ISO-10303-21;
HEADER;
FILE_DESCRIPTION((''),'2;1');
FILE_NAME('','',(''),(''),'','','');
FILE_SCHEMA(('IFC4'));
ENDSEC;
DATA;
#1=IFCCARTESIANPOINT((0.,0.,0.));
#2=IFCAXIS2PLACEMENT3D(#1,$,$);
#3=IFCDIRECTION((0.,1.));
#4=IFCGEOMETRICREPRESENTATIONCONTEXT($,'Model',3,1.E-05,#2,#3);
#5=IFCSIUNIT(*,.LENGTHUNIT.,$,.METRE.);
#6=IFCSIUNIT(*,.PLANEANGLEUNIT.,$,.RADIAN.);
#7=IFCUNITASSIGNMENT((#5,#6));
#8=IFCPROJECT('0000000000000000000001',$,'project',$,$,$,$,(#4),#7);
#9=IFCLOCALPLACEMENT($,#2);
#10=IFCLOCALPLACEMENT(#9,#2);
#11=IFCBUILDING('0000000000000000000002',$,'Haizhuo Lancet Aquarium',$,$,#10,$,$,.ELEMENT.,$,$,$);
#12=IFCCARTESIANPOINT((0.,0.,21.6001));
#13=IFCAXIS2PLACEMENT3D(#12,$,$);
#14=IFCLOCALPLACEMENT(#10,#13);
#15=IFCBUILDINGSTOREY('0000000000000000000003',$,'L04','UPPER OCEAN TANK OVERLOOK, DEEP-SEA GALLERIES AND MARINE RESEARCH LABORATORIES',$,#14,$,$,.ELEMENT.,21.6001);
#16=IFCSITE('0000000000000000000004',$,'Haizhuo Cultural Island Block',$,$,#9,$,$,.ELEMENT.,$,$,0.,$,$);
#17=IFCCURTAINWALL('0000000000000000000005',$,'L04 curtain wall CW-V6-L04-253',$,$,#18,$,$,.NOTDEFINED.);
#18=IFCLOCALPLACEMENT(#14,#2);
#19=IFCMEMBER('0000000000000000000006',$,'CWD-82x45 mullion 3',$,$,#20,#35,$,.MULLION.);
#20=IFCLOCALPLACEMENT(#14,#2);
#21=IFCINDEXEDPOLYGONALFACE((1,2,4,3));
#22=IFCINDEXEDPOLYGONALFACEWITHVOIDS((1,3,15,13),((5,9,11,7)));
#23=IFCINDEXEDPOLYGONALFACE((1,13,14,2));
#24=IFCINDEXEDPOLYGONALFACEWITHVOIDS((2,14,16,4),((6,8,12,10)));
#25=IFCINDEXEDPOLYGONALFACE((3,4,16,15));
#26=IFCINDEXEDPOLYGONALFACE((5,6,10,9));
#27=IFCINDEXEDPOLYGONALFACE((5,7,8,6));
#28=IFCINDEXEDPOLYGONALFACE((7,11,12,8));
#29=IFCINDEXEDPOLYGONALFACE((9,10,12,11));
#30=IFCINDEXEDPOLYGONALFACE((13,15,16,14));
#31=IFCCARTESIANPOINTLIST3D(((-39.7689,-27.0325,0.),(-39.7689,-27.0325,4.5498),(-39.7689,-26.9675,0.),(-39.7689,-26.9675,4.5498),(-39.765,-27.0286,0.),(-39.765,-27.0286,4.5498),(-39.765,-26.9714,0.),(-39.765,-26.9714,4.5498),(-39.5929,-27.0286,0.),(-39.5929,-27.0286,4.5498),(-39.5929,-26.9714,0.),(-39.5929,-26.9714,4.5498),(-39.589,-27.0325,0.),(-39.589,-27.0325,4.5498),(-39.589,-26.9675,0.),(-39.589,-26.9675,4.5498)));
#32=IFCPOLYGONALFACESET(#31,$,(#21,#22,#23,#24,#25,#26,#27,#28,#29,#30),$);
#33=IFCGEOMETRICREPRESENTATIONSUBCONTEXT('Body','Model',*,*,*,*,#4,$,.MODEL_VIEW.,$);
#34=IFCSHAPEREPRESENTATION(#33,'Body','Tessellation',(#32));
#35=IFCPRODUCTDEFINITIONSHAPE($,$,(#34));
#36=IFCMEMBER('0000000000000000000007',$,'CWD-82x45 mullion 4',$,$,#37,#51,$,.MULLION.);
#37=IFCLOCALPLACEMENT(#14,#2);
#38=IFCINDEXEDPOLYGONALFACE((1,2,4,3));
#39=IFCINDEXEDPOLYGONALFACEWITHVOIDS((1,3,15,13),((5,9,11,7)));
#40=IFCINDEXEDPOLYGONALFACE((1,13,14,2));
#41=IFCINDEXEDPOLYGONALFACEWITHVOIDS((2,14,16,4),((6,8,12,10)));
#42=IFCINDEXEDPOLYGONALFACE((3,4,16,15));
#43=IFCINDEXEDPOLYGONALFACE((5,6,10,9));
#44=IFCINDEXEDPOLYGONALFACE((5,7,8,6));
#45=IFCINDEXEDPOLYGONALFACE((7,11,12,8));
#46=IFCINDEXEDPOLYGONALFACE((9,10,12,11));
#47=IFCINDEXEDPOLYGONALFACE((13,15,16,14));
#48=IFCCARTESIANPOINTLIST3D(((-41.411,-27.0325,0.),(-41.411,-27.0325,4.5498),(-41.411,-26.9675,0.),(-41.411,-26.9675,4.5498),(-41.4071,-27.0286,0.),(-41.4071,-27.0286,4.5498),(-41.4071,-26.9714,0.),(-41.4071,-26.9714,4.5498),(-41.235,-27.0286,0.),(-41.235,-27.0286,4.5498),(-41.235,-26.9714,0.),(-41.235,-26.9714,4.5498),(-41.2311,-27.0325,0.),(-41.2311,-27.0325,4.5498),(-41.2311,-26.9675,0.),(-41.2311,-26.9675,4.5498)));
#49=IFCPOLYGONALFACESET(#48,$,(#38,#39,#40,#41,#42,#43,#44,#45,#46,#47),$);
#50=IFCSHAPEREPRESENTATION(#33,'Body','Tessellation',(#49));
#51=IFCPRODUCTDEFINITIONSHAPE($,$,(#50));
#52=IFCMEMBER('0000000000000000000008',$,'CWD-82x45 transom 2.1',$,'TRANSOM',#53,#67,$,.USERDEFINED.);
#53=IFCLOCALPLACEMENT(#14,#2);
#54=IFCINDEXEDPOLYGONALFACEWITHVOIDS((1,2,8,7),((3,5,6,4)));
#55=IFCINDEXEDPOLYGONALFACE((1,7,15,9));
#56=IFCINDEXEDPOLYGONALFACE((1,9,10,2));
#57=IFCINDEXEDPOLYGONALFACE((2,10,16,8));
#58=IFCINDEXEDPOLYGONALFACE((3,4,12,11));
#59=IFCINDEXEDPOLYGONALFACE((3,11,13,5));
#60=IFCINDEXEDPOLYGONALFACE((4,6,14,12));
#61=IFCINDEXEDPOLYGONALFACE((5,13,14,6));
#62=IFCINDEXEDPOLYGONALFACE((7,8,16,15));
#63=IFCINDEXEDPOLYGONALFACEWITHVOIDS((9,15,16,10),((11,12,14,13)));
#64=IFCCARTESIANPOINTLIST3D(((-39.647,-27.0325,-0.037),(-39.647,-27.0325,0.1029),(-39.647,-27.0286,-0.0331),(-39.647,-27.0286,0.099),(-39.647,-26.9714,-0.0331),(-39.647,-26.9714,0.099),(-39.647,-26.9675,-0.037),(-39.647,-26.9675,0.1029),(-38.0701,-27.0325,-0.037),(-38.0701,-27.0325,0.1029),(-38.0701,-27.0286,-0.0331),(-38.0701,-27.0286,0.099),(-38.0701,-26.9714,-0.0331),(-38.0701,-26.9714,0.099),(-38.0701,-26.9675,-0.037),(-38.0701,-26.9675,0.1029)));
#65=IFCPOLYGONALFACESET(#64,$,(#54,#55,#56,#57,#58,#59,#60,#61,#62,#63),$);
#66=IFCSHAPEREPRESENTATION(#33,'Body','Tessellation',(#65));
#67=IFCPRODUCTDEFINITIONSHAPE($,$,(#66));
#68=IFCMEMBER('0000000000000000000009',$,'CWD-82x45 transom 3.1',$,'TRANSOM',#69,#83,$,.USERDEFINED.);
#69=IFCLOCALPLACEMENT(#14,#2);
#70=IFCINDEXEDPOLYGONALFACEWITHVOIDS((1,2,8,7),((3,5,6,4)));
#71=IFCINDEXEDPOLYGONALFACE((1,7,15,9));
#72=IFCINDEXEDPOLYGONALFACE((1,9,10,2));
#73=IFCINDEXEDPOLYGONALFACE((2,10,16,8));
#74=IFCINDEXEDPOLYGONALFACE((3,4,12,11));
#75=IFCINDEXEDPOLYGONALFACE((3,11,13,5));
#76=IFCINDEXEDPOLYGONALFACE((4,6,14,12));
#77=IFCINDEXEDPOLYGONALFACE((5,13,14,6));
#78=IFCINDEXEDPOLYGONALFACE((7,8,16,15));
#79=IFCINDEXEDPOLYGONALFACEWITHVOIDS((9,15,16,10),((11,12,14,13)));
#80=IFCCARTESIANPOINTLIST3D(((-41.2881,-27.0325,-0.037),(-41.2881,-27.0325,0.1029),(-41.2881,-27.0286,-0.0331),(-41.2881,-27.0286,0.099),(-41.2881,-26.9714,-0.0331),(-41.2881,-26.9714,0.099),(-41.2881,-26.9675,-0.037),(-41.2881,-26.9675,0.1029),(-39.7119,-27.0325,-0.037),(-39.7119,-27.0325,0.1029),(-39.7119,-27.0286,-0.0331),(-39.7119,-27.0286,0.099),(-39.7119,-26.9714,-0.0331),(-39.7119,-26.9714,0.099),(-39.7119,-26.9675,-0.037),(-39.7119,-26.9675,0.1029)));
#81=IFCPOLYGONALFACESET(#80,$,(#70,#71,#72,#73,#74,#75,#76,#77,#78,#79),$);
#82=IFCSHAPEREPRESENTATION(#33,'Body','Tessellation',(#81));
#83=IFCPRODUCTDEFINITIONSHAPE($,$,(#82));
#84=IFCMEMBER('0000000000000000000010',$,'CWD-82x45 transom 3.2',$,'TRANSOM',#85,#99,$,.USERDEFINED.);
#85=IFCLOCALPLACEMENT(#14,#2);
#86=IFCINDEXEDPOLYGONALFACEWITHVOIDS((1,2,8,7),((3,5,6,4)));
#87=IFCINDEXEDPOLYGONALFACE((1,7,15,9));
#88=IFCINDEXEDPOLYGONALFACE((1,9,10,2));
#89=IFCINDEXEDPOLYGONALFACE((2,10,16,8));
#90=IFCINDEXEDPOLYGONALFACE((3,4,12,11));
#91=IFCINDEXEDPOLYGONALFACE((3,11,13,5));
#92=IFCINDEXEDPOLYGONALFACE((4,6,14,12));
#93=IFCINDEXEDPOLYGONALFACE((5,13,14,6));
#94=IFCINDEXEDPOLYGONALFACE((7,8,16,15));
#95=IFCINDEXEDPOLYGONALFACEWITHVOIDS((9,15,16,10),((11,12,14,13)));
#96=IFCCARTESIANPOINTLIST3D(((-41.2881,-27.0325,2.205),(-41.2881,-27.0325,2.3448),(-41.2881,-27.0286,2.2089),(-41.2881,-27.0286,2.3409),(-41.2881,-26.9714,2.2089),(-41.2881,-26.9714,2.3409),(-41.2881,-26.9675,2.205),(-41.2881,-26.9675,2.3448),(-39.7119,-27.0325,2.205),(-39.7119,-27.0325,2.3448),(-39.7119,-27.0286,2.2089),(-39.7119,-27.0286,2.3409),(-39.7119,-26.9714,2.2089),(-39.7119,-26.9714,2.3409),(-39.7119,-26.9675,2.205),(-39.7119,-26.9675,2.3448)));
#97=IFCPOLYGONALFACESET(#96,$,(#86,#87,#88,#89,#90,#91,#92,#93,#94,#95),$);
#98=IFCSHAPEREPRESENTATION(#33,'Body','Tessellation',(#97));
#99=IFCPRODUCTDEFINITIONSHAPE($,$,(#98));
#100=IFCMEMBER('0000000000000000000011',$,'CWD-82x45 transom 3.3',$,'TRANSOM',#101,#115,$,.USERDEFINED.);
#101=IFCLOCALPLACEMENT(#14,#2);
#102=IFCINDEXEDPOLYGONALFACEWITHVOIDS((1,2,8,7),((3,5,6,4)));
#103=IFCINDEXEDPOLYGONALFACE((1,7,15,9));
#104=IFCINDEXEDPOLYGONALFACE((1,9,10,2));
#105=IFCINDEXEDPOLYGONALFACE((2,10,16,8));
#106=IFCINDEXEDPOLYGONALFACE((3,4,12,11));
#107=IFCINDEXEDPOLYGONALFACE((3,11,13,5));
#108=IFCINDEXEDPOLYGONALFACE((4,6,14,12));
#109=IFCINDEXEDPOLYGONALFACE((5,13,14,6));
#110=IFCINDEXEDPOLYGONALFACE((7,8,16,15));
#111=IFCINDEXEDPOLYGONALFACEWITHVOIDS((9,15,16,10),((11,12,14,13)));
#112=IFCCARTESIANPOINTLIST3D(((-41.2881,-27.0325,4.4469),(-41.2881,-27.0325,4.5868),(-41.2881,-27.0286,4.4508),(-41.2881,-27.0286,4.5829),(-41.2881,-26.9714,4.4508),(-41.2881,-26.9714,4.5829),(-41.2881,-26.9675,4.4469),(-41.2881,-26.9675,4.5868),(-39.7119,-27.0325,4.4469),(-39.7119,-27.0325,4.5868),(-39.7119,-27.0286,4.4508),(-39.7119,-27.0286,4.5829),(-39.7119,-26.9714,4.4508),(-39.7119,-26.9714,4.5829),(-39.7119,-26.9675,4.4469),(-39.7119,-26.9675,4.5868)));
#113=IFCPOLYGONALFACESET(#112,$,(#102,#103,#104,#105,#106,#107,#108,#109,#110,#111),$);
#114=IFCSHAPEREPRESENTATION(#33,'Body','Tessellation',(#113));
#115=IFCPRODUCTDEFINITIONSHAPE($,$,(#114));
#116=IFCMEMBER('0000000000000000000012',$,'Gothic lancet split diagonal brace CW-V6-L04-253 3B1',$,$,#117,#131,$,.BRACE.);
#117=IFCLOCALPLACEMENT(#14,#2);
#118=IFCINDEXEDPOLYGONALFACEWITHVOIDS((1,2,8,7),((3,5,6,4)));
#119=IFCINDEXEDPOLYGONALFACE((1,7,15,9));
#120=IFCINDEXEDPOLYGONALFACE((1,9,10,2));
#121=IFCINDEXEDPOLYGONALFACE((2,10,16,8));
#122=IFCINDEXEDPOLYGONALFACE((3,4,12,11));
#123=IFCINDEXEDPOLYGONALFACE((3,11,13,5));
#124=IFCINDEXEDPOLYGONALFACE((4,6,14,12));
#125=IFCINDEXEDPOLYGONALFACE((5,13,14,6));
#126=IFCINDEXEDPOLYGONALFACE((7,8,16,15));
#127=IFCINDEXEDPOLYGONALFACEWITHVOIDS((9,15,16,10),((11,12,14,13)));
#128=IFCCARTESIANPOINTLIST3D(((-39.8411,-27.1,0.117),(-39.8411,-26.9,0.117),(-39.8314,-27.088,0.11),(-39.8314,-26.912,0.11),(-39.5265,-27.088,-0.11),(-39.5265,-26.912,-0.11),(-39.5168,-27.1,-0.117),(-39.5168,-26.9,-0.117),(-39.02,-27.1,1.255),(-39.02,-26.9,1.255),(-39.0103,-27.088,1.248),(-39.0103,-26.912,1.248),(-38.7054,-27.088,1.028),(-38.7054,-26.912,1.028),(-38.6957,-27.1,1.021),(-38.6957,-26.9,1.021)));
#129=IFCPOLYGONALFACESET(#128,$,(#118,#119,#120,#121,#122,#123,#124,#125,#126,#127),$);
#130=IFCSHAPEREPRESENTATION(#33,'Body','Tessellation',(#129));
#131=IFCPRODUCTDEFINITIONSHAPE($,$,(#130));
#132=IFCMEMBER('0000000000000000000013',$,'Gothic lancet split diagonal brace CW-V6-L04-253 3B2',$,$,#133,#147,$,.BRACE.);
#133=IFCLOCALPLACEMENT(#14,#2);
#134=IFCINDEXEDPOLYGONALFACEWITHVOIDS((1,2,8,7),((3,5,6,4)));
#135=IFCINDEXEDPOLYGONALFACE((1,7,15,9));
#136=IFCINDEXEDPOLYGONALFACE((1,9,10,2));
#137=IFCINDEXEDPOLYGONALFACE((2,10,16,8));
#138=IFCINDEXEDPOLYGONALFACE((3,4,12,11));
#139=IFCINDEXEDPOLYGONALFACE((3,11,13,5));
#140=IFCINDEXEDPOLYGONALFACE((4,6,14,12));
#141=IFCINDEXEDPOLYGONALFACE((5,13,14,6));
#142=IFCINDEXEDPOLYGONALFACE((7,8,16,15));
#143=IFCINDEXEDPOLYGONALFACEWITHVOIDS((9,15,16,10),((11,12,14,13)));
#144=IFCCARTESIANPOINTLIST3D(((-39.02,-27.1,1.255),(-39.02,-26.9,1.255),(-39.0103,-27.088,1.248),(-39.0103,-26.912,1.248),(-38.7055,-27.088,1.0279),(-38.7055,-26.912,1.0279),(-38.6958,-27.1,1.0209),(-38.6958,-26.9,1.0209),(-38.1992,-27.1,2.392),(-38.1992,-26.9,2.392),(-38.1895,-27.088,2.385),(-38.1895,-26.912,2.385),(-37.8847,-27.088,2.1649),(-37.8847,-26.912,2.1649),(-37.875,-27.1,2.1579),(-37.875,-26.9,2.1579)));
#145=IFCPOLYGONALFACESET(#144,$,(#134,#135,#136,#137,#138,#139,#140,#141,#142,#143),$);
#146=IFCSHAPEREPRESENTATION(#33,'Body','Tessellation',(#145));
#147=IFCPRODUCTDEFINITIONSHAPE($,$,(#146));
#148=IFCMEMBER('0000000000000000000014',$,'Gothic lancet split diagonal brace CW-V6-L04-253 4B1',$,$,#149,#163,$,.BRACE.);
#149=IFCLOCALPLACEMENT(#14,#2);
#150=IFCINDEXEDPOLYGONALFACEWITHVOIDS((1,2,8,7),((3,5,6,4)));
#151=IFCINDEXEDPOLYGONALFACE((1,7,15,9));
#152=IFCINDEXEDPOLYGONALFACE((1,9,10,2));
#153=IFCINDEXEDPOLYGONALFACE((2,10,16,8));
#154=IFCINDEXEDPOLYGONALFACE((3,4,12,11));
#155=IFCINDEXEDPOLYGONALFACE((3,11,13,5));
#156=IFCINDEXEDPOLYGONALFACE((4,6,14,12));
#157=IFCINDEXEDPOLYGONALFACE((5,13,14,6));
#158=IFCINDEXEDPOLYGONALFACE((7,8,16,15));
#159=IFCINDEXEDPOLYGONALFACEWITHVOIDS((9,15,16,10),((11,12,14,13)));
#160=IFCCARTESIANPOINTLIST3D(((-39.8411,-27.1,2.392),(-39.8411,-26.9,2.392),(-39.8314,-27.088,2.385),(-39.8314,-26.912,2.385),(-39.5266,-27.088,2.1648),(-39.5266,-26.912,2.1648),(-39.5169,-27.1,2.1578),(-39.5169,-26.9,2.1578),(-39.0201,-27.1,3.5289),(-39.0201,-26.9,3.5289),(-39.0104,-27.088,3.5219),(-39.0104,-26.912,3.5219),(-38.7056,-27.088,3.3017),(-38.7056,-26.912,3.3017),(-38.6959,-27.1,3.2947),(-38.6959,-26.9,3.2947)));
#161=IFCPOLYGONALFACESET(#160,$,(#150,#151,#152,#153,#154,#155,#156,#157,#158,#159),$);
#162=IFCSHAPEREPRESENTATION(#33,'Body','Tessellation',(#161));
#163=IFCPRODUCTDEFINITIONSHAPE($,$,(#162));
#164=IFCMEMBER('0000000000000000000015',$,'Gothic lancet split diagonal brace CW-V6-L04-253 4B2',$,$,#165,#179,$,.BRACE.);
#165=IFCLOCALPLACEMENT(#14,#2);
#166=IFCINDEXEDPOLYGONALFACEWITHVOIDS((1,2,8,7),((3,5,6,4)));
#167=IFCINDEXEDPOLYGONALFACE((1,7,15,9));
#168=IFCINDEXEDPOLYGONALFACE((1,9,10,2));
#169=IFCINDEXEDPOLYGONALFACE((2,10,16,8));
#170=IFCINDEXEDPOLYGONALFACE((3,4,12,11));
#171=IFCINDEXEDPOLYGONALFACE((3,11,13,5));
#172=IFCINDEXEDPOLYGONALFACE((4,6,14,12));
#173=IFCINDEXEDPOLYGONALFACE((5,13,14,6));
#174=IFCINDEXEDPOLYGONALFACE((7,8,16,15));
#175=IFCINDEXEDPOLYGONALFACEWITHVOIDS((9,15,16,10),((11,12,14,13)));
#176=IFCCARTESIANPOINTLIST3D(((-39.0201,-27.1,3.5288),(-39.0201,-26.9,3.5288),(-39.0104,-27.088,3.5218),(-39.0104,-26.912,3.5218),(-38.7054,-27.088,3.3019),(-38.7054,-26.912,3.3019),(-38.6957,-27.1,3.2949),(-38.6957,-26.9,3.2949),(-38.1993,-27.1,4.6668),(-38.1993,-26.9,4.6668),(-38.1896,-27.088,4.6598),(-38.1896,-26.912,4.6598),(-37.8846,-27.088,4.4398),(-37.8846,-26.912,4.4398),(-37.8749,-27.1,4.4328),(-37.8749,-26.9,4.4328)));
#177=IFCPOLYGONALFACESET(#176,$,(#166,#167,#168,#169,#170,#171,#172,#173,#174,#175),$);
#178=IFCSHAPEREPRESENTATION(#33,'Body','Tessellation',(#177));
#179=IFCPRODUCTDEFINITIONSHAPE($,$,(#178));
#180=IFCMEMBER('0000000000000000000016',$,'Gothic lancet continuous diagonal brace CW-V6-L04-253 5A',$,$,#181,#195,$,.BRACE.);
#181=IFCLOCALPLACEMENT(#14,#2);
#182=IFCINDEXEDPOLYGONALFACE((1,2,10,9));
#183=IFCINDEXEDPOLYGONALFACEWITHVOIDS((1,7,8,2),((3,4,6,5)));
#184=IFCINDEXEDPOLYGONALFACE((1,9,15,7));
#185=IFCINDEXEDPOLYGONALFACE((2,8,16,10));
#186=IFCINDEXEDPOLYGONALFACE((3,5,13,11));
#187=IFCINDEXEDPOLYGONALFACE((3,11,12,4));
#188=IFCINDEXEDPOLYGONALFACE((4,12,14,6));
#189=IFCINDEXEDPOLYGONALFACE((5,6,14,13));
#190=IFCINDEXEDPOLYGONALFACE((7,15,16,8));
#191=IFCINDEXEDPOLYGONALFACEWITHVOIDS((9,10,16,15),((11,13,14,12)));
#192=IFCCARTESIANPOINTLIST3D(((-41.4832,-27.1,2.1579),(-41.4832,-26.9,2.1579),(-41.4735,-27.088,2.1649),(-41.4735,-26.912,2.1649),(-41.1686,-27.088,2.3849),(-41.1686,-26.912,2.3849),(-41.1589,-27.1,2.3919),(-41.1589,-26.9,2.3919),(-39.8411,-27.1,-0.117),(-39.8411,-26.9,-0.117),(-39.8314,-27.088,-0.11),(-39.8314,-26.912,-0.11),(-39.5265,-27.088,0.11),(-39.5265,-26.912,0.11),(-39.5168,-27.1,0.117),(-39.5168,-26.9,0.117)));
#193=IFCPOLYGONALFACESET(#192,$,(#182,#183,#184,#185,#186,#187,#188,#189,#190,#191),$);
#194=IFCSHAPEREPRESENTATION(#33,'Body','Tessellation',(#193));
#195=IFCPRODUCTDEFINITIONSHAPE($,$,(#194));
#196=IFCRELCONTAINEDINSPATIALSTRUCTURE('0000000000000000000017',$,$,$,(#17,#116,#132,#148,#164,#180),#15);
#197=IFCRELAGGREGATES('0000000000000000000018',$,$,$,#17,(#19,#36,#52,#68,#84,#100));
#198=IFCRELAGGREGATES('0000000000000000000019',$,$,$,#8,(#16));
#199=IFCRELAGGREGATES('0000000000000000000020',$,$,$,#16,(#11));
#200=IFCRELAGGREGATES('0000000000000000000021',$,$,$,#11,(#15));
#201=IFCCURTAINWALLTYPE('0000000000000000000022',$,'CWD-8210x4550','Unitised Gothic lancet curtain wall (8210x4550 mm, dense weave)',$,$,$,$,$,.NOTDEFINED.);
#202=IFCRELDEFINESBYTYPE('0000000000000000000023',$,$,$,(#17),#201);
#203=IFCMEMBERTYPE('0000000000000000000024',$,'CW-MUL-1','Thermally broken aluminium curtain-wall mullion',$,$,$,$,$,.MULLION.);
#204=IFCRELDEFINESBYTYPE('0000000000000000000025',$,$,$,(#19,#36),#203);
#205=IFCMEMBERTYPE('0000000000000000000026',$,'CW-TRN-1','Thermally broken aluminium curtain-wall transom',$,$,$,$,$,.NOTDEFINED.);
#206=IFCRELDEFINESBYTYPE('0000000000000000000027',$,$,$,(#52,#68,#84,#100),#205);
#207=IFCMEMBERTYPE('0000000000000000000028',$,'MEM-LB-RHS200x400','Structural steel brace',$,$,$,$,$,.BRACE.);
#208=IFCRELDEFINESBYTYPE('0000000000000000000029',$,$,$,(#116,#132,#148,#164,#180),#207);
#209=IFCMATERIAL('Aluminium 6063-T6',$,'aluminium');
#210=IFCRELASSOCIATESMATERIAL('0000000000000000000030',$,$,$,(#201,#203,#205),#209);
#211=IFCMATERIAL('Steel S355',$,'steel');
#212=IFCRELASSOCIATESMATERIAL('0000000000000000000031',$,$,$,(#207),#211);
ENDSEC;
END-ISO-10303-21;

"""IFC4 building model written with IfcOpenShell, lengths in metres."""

from ifc_helpers import new_model, si_unit, direction, frame, origin, origin_2d, place, context, subcontext, project, spatial, hollow_rectangle, extrude, material, material_profile, profile_set, type_object, element, aggregate, save


model = new_model("IFC4")

# Units and contexts
model_context = context("Model", 3, precision=1e-05, world=origin(), true_north=direction((0.0, 1.0)))
body_context = subcontext(model_context, "Body", "Model", "MODEL_VIEW")
ifc_project = project(units=[si_unit("LENGTHUNIT", "METRE"), si_unit("PLANEANGLEUNIT", "RADIAN")], contexts=[model_context])

# Site, building, storey
site_placement = place(None, origin())
site = spatial("IfcSite", under=ifc_project, at=site_placement, Name="Haizhuo Cultural Island Block", CompositionType="ELEMENT", RefElevation=0.0)
building_placement = place(site_placement, origin())
building = spatial("IfcBuilding", under=site, at=building_placement, Name="Haizhuo Lancet Aquarium", CompositionType="ELEMENT")
storey_placement = place(building_placement, frame((0.0, 0.0, 21.6001)))
storey = spatial("IfcBuildingStorey", under=building, at=storey_placement, Name="L04", Description="UPPER OCEAN TANK OVERLOOK, DEEP-SEA GALLERIES AND MARINE RESEARCH LABORATORIES", CompositionType="ELEMENT", Elevation=21.6001)

# Curtain wall, members
ifc_material_1 = material(Name="Aluminium 6063-T6", Category="aluminium")
curtain_wall_type = type_object("IfcCurtainWallType", Name="CWD-8210x4550", Description="Unitised Gothic lancet curtain wall (8210x4550 mm, dense weave)", PredefinedType="NOTDEFINED", material=ifc_material_1)
curtain_wall_placement = place(storey_placement, origin())
curtain_wall = element("IfcCurtainWall", 1, at=curtain_wall_placement, inside=storey, type_object=curtain_wall_type, Name="L04 curtain wall CW-V6-L04-253", PredefinedType="NOTDEFINED")
ifc_material_profile_1 = material_profile(ifc_material_1, hollow_rectangle(XDim=0.0649, YDim=0.1799, WallThickness=0.0039, at=origin_2d()), Name="ALU-M 65x180x4")
ifc_profile_set_1 = profile_set([ifc_material_profile_1], Name="Aluminium 6063-T6")
member_type_1 = type_object("IfcMemberType", Name="CW-MUL-1", Description="Thermally broken aluminium curtain-wall mullion", PredefinedType="MULLION", material=ifc_profile_set_1)
member_1_placement = place(storey_placement, frame((-39.679, -27.0, 0.0), z_axis=(0.0, 0.0, 1.0), x_axis=(0.0, -1.0, 0.0)))
member_1 = element("IfcMember", 2, at=member_1_placement, type_object=member_type_1, Name="CWD-82x45 mullion 3", PredefinedType="MULLION", context=body_context, shape_type="SweptSolid", body=[
    extrude(hollow_rectangle(XDim=0.0649, YDim=0.1799, WallThickness=0.0039, at=origin_2d()), origin(), (0.0, 0.0, 1.0), 4.5498),
])
member_2_placement = place(storey_placement, frame((-41.321, -27.0, 0.0), z_axis=(0.0, 0.0, 1.0), x_axis=(0.0, -1.0, 0.0)))
member_2 = element("IfcMember", 3, at=member_2_placement, type_object=member_type_1, Name="CWD-82x45 mullion 4", PredefinedType="MULLION", context=body_context, shape_type="SweptSolid", body=[
    extrude(hollow_rectangle(XDim=0.0649, YDim=0.1799, WallThickness=0.0039, at=origin_2d()), origin(), (0.0, 0.0, 1.0), 4.5498),
])
ifc_material_profile_2 = material_profile(ifc_material_1, hollow_rectangle(XDim=0.0649, YDim=0.1399, WallThickness=0.0039, at=origin_2d()), Name="ALU-T 65x140x4")
ifc_profile_set_2 = profile_set([ifc_material_profile_2], Name="Aluminium 6063-T6")
member_type_2 = type_object("IfcMemberType", Name="CW-TRN-1", Description="Thermally broken aluminium curtain-wall transom", PredefinedType="NOTDEFINED", material=ifc_profile_set_2)
member_3_placement = place(storey_placement, frame((-38.0701, -27.0, 0.033), z_axis=(-1.0, 0.0, 0.0), x_axis=(0.0, -1.0, 0.0)))
member_3 = element("IfcMember", 4, at=member_3_placement, type_object=member_type_2, Name="CWD-82x45 transom 2.1", ObjectType="TRANSOM", PredefinedType="USERDEFINED", context=body_context, shape_type="SweptSolid", body=[
    extrude(hollow_rectangle(XDim=0.0649, YDim=0.1399, WallThickness=0.0039, at=origin_2d()), origin(), (0.0, 0.0, 1.0), 1.5769),
])
member_4_placement = place(storey_placement, frame((-39.7119, -27.0, 0.033), z_axis=(-1.0, 0.0, 0.0), x_axis=(0.0, -1.0, 0.0)))
member_4 = element("IfcMember", 5, at=member_4_placement, type_object=member_type_2, Name="CWD-82x45 transom 3.1", ObjectType="TRANSOM", PredefinedType="USERDEFINED", context=body_context, shape_type="SweptSolid", body=[
    extrude(hollow_rectangle(XDim=0.0649, YDim=0.1399, WallThickness=0.0039, at=origin_2d()), origin(), (0.0, 0.0, 1.0), 1.5762),
])
member_5_placement = place(storey_placement, frame((-39.7119, -27.0, 2.2749), z_axis=(-1.0, 0.0, 0.0), x_axis=(0.0, -1.0, 0.0)))
member_5 = element("IfcMember", 6, at=member_5_placement, type_object=member_type_2, Name="CWD-82x45 transom 3.2", ObjectType="TRANSOM", PredefinedType="USERDEFINED", context=body_context, shape_type="SweptSolid", body=[
    extrude(hollow_rectangle(XDim=0.0649, YDim=0.1399, WallThickness=0.0039, at=origin_2d()), origin(), (0.0, 0.0, 1.0), 1.5762),
])
member_6_placement = place(storey_placement, frame((-39.7119, -27.0, 4.5168), z_axis=(-1.0, 0.0, 0.0), x_axis=(0.0, -1.0, 0.0)))
member_6 = element("IfcMember", 7, at=member_6_placement, type_object=member_type_2, Name="CWD-82x45 transom 3.3", ObjectType="TRANSOM", PredefinedType="USERDEFINED", context=body_context, shape_type="SweptSolid", body=[
    extrude(hollow_rectangle(XDim=0.0649, YDim=0.1399, WallThickness=0.0039, at=origin_2d()), origin(), (0.0, 0.0, 1.0), 1.5762),
])

# Members
ifc_material_2 = material(Name="Steel S355", Category="steel")
ifc_material_profile_3 = material_profile(ifc_material_2, hollow_rectangle(XDim=0.2, YDim=0.3999, WallThickness=0.012, at=origin_2d()), Name="RHS 200x400x12")
ifc_profile_set_3 = profile_set([ifc_material_profile_3], Name="Steel S355")
member_type_3 = type_object("IfcMemberType", Name="MEM-LB-RHS200x400", Description="Structural steel brace", PredefinedType="BRACE", material=ifc_profile_set_3)
member_7_placement = place(storey_placement, frame((-39.679, -27.0, 0.0), z_axis=(0.585116, 0.0, 0.81095), x_axis=(0.0, 1.0, 0.0)))
element("IfcMember", 8, at=member_7_placement, inside=storey, type_object=member_type_3, Name="Gothic lancet split diagonal brace CW-V6-L04-253 3B1", PredefinedType="BRACE", context=body_context, shape_type="SweptSolid", body=[
    extrude(hollow_rectangle(XDim=0.2, YDim=0.3999, WallThickness=0.012, at=origin_2d()), origin(), (0.0, 0.0, 1.0), 1.4033),
])
for number, where, z_axis, x_axis, name in (
    (9, (-38.8579, -27.0, 1.1379), (0.585332, 0.0, 0.810794), (0.0, 1.0, 0.0), "Gothic lancet split diagonal brace CW-V6-L04-253 3B2"),
    (10, (-39.679, -27.0, 2.2749), (0.585446, 0.0, 0.810711), (0.0, 1.0, 0.0), "Gothic lancet split diagonal brace CW-V6-L04-253 4B1"),
):
    element("IfcMember", number, at=place(storey_placement, frame(where, z_axis=z_axis, x_axis=x_axis)), inside=storey, type_object=member_type_3, Name=name, PredefinedType="BRACE", context=body_context, shape_type="SweptSolid", body=[
        extrude(hollow_rectangle(XDim=0.2, YDim=0.3999, WallThickness=0.012, at=origin_2d()), origin(), (0.0, 0.0, 1.0), 1.4023),
    ])
member_8_placement = place(storey_placement, frame((-38.8579, -27.0, 3.4119), z_axis=(0.585001, 0.0, 0.811032), x_axis=(0.0, 1.0, 0.0)))
element("IfcMember", 11, at=member_8_placement, inside=storey, type_object=member_type_3, Name="Gothic lancet split diagonal brace CW-V6-L04-253 4B2", PredefinedType="BRACE", context=body_context, shape_type="SweptSolid", body=[
    extrude(hollow_rectangle(XDim=0.2, YDim=0.3999, WallThickness=0.012, at=origin_2d()), origin(), (0.0, 0.0, 1.0), 1.4031),
])
member_9_placement = place(storey_placement, frame((-39.679, -27.0, 0.0), z_axis=(-0.585281, 0.0, 0.810831), x_axis=(0.0, -1.0, 0.0)))
element("IfcMember", 12, at=member_9_placement, inside=storey, type_object=member_type_3, Name="Gothic lancet continuous diagonal brace CW-V6-L04-253 5A", PredefinedType="BRACE", context=body_context, shape_type="SweptSolid", body=[
    extrude(hollow_rectangle(XDim=0.2, YDim=0.3999, WallThickness=0.012, at=origin_2d()), origin(), (0.0, 0.0, 1.0), 2.8057),
])

aggregate(curtain_wall, [member_1, member_2, member_3, member_4, member_5, member_6])

save(model, "model.ifc")
